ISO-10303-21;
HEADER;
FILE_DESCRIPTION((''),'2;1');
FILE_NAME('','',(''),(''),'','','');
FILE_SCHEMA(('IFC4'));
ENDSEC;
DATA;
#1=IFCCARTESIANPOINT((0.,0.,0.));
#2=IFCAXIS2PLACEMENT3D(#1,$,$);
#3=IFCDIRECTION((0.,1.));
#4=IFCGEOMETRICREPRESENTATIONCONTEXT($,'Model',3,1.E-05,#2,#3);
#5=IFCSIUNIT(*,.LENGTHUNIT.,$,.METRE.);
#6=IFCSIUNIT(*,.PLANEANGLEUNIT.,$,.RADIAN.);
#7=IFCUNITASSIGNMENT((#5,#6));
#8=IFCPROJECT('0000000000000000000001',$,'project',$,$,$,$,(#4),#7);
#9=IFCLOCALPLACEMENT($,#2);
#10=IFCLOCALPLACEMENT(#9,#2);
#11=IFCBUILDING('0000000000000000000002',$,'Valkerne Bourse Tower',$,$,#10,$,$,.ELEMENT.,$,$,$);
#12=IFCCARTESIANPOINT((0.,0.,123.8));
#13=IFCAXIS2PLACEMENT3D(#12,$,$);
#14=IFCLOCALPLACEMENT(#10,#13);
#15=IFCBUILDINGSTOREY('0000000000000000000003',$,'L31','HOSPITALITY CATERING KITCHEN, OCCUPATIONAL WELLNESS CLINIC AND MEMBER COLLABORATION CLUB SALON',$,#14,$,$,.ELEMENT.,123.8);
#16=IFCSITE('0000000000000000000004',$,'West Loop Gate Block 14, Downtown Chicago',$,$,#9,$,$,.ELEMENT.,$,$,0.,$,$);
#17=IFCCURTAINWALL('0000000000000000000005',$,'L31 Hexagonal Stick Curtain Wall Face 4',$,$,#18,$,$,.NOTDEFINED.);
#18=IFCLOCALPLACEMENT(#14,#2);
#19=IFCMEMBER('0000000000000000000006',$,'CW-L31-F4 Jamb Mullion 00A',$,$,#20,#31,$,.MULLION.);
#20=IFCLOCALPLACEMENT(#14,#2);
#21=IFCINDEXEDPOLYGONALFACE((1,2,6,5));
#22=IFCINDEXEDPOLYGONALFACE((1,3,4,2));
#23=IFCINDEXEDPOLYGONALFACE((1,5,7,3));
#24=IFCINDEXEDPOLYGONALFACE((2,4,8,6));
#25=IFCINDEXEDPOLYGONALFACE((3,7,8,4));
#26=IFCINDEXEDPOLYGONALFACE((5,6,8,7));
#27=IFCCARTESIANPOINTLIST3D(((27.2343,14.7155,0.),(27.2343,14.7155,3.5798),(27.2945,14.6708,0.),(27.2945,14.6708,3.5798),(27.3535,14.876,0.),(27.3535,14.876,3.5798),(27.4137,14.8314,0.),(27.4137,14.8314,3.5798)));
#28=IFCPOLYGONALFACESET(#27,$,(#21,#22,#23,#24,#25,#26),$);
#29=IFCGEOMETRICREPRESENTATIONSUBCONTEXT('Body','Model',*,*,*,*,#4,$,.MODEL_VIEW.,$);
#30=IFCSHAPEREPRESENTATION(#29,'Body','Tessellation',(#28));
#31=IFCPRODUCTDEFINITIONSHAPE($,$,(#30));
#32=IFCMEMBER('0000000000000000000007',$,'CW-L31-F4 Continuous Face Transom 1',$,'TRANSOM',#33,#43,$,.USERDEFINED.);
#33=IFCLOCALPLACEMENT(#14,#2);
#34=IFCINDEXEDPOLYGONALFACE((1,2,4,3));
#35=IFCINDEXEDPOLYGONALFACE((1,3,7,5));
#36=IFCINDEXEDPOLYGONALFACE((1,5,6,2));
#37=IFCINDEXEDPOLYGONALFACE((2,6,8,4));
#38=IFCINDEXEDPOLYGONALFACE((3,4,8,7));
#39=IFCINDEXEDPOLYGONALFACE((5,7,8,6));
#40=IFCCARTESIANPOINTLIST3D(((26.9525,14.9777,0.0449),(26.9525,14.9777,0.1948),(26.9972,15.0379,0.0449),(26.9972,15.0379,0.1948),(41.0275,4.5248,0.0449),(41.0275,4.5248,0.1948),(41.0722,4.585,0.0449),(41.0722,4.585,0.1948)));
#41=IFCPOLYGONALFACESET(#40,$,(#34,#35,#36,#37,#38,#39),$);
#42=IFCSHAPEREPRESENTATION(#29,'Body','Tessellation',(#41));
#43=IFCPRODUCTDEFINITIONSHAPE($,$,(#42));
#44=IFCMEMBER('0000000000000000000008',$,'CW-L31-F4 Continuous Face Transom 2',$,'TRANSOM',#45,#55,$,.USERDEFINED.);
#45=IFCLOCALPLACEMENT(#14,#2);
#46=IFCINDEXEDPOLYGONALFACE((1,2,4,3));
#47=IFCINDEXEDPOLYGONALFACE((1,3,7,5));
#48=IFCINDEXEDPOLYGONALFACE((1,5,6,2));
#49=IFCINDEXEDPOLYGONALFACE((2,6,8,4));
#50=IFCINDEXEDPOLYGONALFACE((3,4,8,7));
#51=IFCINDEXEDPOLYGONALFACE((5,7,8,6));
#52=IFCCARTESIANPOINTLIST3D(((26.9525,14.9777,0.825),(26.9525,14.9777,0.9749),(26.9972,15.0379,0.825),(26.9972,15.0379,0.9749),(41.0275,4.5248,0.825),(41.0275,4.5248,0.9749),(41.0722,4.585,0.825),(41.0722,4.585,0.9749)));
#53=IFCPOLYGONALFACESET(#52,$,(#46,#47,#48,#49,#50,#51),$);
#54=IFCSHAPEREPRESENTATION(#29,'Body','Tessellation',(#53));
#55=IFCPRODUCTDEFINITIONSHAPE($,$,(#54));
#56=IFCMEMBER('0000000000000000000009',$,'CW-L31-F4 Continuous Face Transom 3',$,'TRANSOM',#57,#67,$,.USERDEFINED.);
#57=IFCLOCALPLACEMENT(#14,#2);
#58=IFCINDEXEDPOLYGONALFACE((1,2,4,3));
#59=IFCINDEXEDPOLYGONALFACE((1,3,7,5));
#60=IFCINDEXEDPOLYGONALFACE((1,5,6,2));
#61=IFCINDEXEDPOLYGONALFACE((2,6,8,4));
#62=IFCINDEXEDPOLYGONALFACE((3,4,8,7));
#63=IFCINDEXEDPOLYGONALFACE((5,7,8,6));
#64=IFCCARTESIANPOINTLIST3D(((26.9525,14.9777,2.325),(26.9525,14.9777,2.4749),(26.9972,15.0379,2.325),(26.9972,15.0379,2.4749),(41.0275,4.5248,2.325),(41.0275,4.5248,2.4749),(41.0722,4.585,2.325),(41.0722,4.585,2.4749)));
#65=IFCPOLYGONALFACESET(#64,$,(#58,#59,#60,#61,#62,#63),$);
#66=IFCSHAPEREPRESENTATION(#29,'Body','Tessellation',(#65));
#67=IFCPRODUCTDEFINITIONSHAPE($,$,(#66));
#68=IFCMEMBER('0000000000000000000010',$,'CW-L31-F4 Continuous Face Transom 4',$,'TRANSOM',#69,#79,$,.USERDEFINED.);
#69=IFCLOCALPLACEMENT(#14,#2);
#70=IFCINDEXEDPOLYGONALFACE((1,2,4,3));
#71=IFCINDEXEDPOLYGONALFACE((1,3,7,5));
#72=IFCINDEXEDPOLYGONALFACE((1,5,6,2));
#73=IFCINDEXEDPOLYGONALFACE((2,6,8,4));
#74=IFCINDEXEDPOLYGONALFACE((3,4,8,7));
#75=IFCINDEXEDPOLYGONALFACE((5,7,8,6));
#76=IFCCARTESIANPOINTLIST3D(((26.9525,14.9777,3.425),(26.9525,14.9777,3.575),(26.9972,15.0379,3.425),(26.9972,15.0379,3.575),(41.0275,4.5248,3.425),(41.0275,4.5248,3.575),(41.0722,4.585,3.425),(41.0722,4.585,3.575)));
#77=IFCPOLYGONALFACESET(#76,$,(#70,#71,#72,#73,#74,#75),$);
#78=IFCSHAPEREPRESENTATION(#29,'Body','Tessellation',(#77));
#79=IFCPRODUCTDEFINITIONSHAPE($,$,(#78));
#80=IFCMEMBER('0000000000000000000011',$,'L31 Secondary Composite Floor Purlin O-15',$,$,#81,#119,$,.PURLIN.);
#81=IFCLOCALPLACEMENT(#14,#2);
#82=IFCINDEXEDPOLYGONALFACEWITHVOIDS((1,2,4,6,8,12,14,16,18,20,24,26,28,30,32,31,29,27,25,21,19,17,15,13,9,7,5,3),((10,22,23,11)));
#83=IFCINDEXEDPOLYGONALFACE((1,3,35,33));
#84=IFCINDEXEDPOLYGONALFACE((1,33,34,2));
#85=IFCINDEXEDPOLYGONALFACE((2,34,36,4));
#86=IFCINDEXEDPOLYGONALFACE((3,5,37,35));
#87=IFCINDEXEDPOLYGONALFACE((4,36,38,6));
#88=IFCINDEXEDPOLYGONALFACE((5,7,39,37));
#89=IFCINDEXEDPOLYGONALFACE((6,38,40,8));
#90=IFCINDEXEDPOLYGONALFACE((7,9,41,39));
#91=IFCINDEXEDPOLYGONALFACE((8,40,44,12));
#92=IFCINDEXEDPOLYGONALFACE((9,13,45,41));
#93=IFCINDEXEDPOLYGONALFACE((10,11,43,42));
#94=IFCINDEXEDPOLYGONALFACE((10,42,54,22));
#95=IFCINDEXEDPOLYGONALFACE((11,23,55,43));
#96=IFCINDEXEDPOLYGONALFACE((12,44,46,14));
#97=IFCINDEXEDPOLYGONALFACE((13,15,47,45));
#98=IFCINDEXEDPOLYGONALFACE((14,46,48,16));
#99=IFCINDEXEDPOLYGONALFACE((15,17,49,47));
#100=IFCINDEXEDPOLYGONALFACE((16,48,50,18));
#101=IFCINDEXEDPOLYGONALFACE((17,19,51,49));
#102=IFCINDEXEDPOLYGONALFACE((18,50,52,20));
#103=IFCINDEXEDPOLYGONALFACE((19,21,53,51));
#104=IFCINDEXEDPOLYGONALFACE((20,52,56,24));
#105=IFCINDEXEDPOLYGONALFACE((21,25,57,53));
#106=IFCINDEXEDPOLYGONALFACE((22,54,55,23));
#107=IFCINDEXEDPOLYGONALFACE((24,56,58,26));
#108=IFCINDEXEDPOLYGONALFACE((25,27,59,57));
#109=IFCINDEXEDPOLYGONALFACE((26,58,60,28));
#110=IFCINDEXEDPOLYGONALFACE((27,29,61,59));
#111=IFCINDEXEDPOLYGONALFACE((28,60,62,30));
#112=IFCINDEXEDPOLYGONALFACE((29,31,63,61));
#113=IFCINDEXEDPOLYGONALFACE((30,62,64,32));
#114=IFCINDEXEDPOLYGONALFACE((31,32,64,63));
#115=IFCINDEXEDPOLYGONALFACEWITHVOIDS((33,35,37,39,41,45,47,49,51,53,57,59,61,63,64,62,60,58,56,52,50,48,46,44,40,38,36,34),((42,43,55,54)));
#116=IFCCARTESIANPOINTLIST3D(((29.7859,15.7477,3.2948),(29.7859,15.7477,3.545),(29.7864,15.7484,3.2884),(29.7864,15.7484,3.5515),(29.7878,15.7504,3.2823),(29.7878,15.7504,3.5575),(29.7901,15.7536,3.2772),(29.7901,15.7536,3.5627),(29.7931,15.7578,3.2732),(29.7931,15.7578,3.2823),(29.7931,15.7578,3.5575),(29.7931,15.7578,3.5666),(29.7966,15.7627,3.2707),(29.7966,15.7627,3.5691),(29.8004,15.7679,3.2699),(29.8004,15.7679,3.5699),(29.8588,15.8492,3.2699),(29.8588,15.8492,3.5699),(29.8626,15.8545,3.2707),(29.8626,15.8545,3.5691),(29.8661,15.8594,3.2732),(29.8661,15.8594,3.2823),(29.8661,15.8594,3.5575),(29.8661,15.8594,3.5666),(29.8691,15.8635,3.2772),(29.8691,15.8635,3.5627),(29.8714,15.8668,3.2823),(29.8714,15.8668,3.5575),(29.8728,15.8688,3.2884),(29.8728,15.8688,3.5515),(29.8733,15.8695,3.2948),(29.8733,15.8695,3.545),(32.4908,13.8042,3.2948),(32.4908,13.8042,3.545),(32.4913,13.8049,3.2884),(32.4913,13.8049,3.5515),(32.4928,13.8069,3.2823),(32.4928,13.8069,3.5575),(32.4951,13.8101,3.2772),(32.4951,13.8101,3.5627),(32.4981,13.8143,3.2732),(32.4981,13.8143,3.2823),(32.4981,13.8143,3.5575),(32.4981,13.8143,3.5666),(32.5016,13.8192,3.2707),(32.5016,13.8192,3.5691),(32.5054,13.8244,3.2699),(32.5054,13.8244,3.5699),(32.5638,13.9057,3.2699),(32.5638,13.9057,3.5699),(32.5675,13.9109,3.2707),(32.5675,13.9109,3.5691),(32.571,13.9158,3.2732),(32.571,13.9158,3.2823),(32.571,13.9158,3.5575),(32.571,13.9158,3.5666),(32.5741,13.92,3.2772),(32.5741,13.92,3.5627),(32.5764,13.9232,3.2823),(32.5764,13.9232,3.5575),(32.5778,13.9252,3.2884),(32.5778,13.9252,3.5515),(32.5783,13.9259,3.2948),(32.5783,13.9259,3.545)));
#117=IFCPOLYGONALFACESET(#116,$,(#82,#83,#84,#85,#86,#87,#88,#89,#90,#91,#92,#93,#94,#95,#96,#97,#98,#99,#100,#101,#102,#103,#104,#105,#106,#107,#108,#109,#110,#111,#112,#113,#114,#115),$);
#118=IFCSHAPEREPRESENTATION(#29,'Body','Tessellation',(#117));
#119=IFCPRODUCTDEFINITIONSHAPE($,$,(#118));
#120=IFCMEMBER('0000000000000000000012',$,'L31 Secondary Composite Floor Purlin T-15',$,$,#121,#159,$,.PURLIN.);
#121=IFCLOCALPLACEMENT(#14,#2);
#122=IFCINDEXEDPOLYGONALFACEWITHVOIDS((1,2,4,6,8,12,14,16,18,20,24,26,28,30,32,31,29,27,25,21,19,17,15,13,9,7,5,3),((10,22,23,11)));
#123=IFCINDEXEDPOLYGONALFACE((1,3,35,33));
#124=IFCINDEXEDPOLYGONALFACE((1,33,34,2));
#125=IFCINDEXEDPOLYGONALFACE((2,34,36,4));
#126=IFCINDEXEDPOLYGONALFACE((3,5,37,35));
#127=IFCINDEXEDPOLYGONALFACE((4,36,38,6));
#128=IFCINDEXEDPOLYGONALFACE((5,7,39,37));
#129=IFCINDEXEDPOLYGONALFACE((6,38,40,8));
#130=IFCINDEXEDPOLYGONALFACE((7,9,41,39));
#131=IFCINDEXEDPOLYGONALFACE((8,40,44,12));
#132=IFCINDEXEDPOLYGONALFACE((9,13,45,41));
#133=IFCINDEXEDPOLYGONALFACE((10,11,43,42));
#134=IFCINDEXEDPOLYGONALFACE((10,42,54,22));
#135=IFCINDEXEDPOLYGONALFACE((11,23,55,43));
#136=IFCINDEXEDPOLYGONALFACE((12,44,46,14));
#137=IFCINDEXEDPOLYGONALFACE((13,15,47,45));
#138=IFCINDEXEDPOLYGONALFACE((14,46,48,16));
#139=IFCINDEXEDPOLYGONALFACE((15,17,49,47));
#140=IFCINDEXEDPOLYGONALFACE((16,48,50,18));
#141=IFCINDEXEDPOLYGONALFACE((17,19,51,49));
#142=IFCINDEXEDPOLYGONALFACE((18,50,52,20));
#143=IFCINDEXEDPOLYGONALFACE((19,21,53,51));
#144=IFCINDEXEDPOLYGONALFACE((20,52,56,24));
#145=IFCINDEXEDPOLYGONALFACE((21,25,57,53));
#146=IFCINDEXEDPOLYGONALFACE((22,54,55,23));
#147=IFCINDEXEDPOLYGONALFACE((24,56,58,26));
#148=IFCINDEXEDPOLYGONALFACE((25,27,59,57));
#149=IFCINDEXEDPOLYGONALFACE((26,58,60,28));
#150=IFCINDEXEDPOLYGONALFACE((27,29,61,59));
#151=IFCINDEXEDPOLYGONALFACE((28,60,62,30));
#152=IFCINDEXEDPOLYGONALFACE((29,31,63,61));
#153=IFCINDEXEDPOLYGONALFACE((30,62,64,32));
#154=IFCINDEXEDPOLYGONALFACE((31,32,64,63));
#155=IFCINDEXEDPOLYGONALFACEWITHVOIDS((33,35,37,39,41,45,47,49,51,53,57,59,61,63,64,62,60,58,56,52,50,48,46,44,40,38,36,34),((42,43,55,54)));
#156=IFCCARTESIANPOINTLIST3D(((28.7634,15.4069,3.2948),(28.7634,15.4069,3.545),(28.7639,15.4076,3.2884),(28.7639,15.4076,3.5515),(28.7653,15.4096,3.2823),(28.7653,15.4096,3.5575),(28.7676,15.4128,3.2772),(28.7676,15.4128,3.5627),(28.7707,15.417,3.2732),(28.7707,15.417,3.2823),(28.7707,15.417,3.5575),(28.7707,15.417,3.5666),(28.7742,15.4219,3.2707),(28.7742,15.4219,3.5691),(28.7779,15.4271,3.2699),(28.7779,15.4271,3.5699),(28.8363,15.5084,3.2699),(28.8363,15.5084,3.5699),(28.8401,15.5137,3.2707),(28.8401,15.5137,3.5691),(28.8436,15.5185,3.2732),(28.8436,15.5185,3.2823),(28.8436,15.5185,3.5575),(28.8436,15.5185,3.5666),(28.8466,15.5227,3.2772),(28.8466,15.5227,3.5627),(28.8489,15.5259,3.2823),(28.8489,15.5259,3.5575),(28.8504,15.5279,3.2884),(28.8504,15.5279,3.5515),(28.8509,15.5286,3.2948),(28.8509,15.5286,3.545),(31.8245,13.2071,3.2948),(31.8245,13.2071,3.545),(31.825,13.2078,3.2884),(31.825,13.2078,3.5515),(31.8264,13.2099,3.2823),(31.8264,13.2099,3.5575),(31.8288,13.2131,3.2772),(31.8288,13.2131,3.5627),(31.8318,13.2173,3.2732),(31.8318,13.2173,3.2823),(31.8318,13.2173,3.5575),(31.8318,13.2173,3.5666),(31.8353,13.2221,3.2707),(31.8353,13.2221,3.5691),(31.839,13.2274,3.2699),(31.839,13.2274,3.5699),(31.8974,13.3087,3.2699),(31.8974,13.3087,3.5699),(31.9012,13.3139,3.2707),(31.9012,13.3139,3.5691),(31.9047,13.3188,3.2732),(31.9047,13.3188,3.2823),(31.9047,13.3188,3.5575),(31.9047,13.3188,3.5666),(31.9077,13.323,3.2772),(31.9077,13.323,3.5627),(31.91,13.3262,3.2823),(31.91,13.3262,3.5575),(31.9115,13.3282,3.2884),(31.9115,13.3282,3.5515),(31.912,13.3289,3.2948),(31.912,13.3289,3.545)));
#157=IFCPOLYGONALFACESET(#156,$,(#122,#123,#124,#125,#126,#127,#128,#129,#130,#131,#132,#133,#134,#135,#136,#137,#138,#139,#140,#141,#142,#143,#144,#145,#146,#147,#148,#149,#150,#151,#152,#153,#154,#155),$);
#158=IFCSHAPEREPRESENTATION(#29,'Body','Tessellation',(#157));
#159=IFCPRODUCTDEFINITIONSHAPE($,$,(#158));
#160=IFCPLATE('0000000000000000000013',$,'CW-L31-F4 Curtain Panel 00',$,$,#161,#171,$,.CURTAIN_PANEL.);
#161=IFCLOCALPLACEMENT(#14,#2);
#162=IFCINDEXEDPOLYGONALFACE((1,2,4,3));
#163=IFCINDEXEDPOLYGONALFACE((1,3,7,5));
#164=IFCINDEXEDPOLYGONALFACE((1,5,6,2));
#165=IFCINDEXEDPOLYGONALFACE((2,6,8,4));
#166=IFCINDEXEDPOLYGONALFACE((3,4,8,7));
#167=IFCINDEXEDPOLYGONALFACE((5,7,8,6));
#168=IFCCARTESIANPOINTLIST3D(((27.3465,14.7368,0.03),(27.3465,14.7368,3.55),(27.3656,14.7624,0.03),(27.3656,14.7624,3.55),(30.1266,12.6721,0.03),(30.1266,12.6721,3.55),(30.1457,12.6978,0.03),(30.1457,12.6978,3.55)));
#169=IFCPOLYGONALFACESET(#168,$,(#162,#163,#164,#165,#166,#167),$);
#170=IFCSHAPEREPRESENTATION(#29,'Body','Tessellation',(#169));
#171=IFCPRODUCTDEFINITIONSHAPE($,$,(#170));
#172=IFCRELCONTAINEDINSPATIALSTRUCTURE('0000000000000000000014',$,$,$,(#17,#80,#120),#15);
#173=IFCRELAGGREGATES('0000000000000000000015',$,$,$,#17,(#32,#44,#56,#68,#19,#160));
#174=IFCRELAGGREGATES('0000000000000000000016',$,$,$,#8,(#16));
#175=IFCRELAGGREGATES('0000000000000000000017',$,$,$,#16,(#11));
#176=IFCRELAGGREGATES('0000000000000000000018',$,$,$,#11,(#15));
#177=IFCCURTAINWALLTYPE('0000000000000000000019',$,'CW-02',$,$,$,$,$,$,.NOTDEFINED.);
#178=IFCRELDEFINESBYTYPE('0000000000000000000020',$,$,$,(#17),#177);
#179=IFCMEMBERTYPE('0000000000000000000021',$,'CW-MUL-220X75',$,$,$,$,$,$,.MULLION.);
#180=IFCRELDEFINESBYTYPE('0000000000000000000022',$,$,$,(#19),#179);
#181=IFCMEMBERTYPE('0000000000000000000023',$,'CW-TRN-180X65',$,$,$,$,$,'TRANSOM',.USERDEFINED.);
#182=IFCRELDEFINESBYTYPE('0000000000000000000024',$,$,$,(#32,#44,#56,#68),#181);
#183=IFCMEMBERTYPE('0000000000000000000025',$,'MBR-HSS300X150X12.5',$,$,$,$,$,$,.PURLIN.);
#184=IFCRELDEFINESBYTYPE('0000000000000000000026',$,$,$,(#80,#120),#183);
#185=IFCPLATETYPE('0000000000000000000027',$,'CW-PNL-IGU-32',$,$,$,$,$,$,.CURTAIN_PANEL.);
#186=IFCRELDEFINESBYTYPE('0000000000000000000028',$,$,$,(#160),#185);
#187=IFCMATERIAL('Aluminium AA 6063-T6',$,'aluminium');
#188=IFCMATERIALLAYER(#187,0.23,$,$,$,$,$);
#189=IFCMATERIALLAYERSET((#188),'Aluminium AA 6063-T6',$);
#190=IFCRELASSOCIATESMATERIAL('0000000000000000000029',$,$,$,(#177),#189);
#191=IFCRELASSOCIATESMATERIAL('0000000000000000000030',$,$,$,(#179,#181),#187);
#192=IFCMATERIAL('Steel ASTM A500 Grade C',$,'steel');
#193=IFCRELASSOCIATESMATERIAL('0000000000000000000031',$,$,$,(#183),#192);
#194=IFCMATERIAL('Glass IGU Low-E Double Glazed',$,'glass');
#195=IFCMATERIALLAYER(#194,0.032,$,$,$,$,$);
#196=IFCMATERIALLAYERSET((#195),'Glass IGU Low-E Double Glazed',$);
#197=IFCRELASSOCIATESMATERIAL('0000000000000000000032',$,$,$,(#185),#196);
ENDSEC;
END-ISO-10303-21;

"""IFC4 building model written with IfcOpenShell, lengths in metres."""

from ifc_helpers import new_model, si_unit, direction, frame, origin, origin_2d, place, context, subcontext, project, spatial, rectangle, hollow_rectangle, extrude, material, layer, layer_set, material_profile, profile_set, type_object, element, aggregate, save


model = new_model("IFC4")

# Units and contexts
model_context = context("Model", 3, precision=1e-05, world=origin(), true_north=direction((0.0, 1.0)))
body_context = subcontext(model_context, "Body", "Model", "MODEL_VIEW")
ifc_project = project(units=[si_unit("LENGTHUNIT", "METRE"), si_unit("PLANEANGLEUNIT", "RADIAN")], contexts=[model_context])

# Site, building, storey
site_placement = place(None, origin())
site = spatial("IfcSite", under=ifc_project, at=site_placement, Name="West Loop Gate Block 14, Downtown Chicago", CompositionType="ELEMENT", RefElevation=0.0)
building_placement = place(site_placement, origin())
building = spatial("IfcBuilding", under=site, at=building_placement, Name="Valkerne Bourse Tower", CompositionType="ELEMENT")
storey_placement = place(building_placement, frame((0.0, 0.0, 123.8)))
storey = spatial("IfcBuildingStorey", under=building, at=storey_placement, Name="L31", Description="HOSPITALITY CATERING KITCHEN, OCCUPATIONAL WELLNESS CLINIC AND MEMBER COLLABORATION CLUB SALON", CompositionType="ELEMENT", Elevation=123.8)

# Curtain wall, members
ifc_material_1 = material(Name="Aluminium AA 6063-T6", Category="aluminium")
ifc_layer_1 = layer(ifc_material_1, 0.23)
ifc_layer_set_1 = layer_set([ifc_layer_1], Name="Aluminium AA 6063-T6")
curtain_wall_type = type_object("IfcCurtainWallType", Name="CW-02", PredefinedType="NOTDEFINED", material=ifc_layer_set_1)
curtain_wall_placement = place(storey_placement, origin())
curtain_wall = element("IfcCurtainWall", 1, at=curtain_wall_placement, inside=storey, type_object=curtain_wall_type, Name="L31 Hexagonal Stick Curtain Wall Face 4", PredefinedType="NOTDEFINED")
ifc_material_profile_1 = material_profile(ifc_material_1, rectangle(XDim=0.075, YDim=0.2, at=origin_2d()), Name="CWM-75X200")
ifc_profile_set_1 = profile_set([ifc_material_profile_1], Name="Aluminium AA 6063-T6")
member_type_1 = type_object("IfcMemberType", Name="CW-MUL-220X75", PredefinedType="MULLION", material=ifc_profile_set_1)
member_1_placement = place(storey_placement, frame((27.324, 14.7734, 0.0), z_axis=(0.0, 0.0, 1.0), x_axis=(0.802819, -0.596222, 0.0)))
member_1 = element("IfcMember", 2, at=member_1_placement, type_object=member_type_1, Name="CW-L31-F4 Jamb Mullion 00A", PredefinedType="MULLION", context=body_context, shape_type="SweptSolid", body=[
    extrude(rectangle(XDim=0.075, YDim=0.2, at=origin_2d()), origin(), (0.0, 0.0, 1.0), 3.5798),
])
ifc_material_profile_2 = material_profile(ifc_material_1, rectangle(XDim=0.075, YDim=0.1499, at=origin_2d()), Name="CWT-75X150")
ifc_profile_set_2 = profile_set([ifc_material_profile_2], Name="Aluminium AA 6063-T6")
member_type_2 = type_object("IfcMemberType", Name="CW-TRN-180X65", ElementType="TRANSOM", PredefinedType="USERDEFINED", material=ifc_profile_set_2)
member_2_placement = place(storey_placement, frame((26.9749, 15.0078, 0.1199), z_axis=(0.80282, -0.596221, 0.0), x_axis=(0.596221, 0.80282, 0.0)))
member_2 = element("IfcMember", 3, at=member_2_placement, type_object=member_type_2, Name="CW-L31-F4 Continuous Face Transom 1", ObjectType="TRANSOM", PredefinedType="USERDEFINED", context=body_context, shape_type="SweptSolid", body=[
    extrude(rectangle(XDim=0.075, YDim=0.1499, at=origin_2d()), origin(), (0.0, 0.0, 1.0), 17.532),
])
member_3_placement = place(storey_placement, frame((26.9749, 15.0078, 0.8999), z_axis=(0.80282, -0.596221, 0.0), x_axis=(0.596221, 0.80282, 0.0)))
member_3 = element("IfcMember", 4, at=member_3_placement, type_object=member_type_2, Name="CW-L31-F4 Continuous Face Transom 2", ObjectType="TRANSOM", PredefinedType="USERDEFINED", context=body_context, shape_type="SweptSolid", body=[
    extrude(rectangle(XDim=0.075, YDim=0.1499, at=origin_2d()), origin(), (0.0, 0.0, 1.0), 17.532),
])
member_4_placement = place(storey_placement, frame((26.9749, 15.0078, 2.3999), z_axis=(0.80282, -0.596221, 0.0), x_axis=(0.596221, 0.80282, 0.0)))
member_4 = element("IfcMember", 5, at=member_4_placement, type_object=member_type_2, Name="CW-L31-F4 Continuous Face Transom 3", ObjectType="TRANSOM", PredefinedType="USERDEFINED", context=body_context, shape_type="SweptSolid", body=[
    extrude(rectangle(XDim=0.075, YDim=0.1499, at=origin_2d()), origin(), (0.0, 0.0, 1.0), 17.532),
])
member_5_placement = place(storey_placement, frame((26.9749, 15.0078, 3.5), z_axis=(0.80282, -0.596221, 0.0), x_axis=(0.596221, 0.80282, 0.0)))
member_5 = element("IfcMember", 6, at=member_5_placement, type_object=member_type_2, Name="CW-L31-F4 Continuous Face Transom 4", ObjectType="TRANSOM", PredefinedType="USERDEFINED", context=body_context, shape_type="SweptSolid", body=[
    extrude(rectangle(XDim=0.075, YDim=0.1499, at=origin_2d()), origin(), (0.0, 0.0, 1.0), 17.532),
])

# Members
ifc_material_2 = material(Name="Steel ASTM A500 Grade C", Category="steel")
ifc_material_profile_3 = material_profile(ifc_material_2, hollow_rectangle(XDim=0.1499, YDim=0.3, WallThickness=0.0125, OuterFilletRadius=0.0249, at=origin_2d()), Name="HSS300X150X12.5")
ifc_profile_set_3 = profile_set([ifc_material_profile_3], Name="Steel ASTM A500 Grade C")
member_type_3 = type_object("IfcMemberType", Name="MBR-HSS300X150X12.5", PredefinedType="PURLIN", material=ifc_profile_set_3)
member_6_placement = place(storey_placement, frame((29.8296, 15.8086, 3.4199), z_axis=(0.812111, -0.583503, 0.0), x_axis=(0.583503, 0.812111, 0.0)))
element("IfcMember", 7, at=member_6_placement, inside=storey, type_object=member_type_3, Name="L31 Secondary Composite Floor Purlin O-15", PredefinedType="PURLIN", context=body_context, shape_type="SweptSolid", body=[
    extrude(hollow_rectangle(XDim=0.1499, YDim=0.3, WallThickness=0.0125, OuterFilletRadius=0.0249, at=origin_2d()), origin(), (0.0, 0.0, 1.0), 3.3308),
])
member_7_placement = place(storey_placement, frame((28.8071, 15.4678, 3.4199), z_axis=(0.812067, -0.583564, 0.0), x_axis=(0.583564, 0.812067, 0.0)))
element("IfcMember", 8, at=member_7_placement, inside=storey, type_object=member_type_3, Name="L31 Secondary Composite Floor Purlin T-15", PredefinedType="PURLIN", context=body_context, shape_type="SweptSolid", body=[
    extrude(hollow_rectangle(XDim=0.1499, YDim=0.3, WallThickness=0.0125, OuterFilletRadius=0.0249, at=origin_2d()), origin(), (0.0, 0.0, 1.0), 3.7695),
])

# Plate
ifc_material_3 = material(Name="Glass IGU Low-E Double Glazed", Category="glass")
ifc_layer_2 = layer(ifc_material_3, 0.032)
ifc_layer_set_2 = layer_set([ifc_layer_2], Name="Glass IGU Low-E Double Glazed")
plate_type = type_object("IfcPlateType", Name="CW-PNL-IGU-32", PredefinedType="CURTAIN_PANEL", material=ifc_layer_set_2)
plate_placement = place(storey_placement, frame((28.7461, 13.7173, 0.03), z_axis=(0.0, 0.0, 1.0), x_axis=(0.802819, -0.596222, 0.0)))
plate = element("IfcPlate", 9, at=plate_placement, type_object=plate_type, Name="CW-L31-F4 Curtain Panel 00", PredefinedType="CURTAIN_PANEL", context=body_context, shape_type="SweptSolid", body=[
    extrude(rectangle(XDim=3.4629, YDim=0.032, at=origin_2d()), origin(), (0.0, 0.0, 1.0), 3.52),
])
aggregate(curtain_wall, [member_2, member_3, member_4, member_5, member_1, plate])

save(model, "model.ifc")
